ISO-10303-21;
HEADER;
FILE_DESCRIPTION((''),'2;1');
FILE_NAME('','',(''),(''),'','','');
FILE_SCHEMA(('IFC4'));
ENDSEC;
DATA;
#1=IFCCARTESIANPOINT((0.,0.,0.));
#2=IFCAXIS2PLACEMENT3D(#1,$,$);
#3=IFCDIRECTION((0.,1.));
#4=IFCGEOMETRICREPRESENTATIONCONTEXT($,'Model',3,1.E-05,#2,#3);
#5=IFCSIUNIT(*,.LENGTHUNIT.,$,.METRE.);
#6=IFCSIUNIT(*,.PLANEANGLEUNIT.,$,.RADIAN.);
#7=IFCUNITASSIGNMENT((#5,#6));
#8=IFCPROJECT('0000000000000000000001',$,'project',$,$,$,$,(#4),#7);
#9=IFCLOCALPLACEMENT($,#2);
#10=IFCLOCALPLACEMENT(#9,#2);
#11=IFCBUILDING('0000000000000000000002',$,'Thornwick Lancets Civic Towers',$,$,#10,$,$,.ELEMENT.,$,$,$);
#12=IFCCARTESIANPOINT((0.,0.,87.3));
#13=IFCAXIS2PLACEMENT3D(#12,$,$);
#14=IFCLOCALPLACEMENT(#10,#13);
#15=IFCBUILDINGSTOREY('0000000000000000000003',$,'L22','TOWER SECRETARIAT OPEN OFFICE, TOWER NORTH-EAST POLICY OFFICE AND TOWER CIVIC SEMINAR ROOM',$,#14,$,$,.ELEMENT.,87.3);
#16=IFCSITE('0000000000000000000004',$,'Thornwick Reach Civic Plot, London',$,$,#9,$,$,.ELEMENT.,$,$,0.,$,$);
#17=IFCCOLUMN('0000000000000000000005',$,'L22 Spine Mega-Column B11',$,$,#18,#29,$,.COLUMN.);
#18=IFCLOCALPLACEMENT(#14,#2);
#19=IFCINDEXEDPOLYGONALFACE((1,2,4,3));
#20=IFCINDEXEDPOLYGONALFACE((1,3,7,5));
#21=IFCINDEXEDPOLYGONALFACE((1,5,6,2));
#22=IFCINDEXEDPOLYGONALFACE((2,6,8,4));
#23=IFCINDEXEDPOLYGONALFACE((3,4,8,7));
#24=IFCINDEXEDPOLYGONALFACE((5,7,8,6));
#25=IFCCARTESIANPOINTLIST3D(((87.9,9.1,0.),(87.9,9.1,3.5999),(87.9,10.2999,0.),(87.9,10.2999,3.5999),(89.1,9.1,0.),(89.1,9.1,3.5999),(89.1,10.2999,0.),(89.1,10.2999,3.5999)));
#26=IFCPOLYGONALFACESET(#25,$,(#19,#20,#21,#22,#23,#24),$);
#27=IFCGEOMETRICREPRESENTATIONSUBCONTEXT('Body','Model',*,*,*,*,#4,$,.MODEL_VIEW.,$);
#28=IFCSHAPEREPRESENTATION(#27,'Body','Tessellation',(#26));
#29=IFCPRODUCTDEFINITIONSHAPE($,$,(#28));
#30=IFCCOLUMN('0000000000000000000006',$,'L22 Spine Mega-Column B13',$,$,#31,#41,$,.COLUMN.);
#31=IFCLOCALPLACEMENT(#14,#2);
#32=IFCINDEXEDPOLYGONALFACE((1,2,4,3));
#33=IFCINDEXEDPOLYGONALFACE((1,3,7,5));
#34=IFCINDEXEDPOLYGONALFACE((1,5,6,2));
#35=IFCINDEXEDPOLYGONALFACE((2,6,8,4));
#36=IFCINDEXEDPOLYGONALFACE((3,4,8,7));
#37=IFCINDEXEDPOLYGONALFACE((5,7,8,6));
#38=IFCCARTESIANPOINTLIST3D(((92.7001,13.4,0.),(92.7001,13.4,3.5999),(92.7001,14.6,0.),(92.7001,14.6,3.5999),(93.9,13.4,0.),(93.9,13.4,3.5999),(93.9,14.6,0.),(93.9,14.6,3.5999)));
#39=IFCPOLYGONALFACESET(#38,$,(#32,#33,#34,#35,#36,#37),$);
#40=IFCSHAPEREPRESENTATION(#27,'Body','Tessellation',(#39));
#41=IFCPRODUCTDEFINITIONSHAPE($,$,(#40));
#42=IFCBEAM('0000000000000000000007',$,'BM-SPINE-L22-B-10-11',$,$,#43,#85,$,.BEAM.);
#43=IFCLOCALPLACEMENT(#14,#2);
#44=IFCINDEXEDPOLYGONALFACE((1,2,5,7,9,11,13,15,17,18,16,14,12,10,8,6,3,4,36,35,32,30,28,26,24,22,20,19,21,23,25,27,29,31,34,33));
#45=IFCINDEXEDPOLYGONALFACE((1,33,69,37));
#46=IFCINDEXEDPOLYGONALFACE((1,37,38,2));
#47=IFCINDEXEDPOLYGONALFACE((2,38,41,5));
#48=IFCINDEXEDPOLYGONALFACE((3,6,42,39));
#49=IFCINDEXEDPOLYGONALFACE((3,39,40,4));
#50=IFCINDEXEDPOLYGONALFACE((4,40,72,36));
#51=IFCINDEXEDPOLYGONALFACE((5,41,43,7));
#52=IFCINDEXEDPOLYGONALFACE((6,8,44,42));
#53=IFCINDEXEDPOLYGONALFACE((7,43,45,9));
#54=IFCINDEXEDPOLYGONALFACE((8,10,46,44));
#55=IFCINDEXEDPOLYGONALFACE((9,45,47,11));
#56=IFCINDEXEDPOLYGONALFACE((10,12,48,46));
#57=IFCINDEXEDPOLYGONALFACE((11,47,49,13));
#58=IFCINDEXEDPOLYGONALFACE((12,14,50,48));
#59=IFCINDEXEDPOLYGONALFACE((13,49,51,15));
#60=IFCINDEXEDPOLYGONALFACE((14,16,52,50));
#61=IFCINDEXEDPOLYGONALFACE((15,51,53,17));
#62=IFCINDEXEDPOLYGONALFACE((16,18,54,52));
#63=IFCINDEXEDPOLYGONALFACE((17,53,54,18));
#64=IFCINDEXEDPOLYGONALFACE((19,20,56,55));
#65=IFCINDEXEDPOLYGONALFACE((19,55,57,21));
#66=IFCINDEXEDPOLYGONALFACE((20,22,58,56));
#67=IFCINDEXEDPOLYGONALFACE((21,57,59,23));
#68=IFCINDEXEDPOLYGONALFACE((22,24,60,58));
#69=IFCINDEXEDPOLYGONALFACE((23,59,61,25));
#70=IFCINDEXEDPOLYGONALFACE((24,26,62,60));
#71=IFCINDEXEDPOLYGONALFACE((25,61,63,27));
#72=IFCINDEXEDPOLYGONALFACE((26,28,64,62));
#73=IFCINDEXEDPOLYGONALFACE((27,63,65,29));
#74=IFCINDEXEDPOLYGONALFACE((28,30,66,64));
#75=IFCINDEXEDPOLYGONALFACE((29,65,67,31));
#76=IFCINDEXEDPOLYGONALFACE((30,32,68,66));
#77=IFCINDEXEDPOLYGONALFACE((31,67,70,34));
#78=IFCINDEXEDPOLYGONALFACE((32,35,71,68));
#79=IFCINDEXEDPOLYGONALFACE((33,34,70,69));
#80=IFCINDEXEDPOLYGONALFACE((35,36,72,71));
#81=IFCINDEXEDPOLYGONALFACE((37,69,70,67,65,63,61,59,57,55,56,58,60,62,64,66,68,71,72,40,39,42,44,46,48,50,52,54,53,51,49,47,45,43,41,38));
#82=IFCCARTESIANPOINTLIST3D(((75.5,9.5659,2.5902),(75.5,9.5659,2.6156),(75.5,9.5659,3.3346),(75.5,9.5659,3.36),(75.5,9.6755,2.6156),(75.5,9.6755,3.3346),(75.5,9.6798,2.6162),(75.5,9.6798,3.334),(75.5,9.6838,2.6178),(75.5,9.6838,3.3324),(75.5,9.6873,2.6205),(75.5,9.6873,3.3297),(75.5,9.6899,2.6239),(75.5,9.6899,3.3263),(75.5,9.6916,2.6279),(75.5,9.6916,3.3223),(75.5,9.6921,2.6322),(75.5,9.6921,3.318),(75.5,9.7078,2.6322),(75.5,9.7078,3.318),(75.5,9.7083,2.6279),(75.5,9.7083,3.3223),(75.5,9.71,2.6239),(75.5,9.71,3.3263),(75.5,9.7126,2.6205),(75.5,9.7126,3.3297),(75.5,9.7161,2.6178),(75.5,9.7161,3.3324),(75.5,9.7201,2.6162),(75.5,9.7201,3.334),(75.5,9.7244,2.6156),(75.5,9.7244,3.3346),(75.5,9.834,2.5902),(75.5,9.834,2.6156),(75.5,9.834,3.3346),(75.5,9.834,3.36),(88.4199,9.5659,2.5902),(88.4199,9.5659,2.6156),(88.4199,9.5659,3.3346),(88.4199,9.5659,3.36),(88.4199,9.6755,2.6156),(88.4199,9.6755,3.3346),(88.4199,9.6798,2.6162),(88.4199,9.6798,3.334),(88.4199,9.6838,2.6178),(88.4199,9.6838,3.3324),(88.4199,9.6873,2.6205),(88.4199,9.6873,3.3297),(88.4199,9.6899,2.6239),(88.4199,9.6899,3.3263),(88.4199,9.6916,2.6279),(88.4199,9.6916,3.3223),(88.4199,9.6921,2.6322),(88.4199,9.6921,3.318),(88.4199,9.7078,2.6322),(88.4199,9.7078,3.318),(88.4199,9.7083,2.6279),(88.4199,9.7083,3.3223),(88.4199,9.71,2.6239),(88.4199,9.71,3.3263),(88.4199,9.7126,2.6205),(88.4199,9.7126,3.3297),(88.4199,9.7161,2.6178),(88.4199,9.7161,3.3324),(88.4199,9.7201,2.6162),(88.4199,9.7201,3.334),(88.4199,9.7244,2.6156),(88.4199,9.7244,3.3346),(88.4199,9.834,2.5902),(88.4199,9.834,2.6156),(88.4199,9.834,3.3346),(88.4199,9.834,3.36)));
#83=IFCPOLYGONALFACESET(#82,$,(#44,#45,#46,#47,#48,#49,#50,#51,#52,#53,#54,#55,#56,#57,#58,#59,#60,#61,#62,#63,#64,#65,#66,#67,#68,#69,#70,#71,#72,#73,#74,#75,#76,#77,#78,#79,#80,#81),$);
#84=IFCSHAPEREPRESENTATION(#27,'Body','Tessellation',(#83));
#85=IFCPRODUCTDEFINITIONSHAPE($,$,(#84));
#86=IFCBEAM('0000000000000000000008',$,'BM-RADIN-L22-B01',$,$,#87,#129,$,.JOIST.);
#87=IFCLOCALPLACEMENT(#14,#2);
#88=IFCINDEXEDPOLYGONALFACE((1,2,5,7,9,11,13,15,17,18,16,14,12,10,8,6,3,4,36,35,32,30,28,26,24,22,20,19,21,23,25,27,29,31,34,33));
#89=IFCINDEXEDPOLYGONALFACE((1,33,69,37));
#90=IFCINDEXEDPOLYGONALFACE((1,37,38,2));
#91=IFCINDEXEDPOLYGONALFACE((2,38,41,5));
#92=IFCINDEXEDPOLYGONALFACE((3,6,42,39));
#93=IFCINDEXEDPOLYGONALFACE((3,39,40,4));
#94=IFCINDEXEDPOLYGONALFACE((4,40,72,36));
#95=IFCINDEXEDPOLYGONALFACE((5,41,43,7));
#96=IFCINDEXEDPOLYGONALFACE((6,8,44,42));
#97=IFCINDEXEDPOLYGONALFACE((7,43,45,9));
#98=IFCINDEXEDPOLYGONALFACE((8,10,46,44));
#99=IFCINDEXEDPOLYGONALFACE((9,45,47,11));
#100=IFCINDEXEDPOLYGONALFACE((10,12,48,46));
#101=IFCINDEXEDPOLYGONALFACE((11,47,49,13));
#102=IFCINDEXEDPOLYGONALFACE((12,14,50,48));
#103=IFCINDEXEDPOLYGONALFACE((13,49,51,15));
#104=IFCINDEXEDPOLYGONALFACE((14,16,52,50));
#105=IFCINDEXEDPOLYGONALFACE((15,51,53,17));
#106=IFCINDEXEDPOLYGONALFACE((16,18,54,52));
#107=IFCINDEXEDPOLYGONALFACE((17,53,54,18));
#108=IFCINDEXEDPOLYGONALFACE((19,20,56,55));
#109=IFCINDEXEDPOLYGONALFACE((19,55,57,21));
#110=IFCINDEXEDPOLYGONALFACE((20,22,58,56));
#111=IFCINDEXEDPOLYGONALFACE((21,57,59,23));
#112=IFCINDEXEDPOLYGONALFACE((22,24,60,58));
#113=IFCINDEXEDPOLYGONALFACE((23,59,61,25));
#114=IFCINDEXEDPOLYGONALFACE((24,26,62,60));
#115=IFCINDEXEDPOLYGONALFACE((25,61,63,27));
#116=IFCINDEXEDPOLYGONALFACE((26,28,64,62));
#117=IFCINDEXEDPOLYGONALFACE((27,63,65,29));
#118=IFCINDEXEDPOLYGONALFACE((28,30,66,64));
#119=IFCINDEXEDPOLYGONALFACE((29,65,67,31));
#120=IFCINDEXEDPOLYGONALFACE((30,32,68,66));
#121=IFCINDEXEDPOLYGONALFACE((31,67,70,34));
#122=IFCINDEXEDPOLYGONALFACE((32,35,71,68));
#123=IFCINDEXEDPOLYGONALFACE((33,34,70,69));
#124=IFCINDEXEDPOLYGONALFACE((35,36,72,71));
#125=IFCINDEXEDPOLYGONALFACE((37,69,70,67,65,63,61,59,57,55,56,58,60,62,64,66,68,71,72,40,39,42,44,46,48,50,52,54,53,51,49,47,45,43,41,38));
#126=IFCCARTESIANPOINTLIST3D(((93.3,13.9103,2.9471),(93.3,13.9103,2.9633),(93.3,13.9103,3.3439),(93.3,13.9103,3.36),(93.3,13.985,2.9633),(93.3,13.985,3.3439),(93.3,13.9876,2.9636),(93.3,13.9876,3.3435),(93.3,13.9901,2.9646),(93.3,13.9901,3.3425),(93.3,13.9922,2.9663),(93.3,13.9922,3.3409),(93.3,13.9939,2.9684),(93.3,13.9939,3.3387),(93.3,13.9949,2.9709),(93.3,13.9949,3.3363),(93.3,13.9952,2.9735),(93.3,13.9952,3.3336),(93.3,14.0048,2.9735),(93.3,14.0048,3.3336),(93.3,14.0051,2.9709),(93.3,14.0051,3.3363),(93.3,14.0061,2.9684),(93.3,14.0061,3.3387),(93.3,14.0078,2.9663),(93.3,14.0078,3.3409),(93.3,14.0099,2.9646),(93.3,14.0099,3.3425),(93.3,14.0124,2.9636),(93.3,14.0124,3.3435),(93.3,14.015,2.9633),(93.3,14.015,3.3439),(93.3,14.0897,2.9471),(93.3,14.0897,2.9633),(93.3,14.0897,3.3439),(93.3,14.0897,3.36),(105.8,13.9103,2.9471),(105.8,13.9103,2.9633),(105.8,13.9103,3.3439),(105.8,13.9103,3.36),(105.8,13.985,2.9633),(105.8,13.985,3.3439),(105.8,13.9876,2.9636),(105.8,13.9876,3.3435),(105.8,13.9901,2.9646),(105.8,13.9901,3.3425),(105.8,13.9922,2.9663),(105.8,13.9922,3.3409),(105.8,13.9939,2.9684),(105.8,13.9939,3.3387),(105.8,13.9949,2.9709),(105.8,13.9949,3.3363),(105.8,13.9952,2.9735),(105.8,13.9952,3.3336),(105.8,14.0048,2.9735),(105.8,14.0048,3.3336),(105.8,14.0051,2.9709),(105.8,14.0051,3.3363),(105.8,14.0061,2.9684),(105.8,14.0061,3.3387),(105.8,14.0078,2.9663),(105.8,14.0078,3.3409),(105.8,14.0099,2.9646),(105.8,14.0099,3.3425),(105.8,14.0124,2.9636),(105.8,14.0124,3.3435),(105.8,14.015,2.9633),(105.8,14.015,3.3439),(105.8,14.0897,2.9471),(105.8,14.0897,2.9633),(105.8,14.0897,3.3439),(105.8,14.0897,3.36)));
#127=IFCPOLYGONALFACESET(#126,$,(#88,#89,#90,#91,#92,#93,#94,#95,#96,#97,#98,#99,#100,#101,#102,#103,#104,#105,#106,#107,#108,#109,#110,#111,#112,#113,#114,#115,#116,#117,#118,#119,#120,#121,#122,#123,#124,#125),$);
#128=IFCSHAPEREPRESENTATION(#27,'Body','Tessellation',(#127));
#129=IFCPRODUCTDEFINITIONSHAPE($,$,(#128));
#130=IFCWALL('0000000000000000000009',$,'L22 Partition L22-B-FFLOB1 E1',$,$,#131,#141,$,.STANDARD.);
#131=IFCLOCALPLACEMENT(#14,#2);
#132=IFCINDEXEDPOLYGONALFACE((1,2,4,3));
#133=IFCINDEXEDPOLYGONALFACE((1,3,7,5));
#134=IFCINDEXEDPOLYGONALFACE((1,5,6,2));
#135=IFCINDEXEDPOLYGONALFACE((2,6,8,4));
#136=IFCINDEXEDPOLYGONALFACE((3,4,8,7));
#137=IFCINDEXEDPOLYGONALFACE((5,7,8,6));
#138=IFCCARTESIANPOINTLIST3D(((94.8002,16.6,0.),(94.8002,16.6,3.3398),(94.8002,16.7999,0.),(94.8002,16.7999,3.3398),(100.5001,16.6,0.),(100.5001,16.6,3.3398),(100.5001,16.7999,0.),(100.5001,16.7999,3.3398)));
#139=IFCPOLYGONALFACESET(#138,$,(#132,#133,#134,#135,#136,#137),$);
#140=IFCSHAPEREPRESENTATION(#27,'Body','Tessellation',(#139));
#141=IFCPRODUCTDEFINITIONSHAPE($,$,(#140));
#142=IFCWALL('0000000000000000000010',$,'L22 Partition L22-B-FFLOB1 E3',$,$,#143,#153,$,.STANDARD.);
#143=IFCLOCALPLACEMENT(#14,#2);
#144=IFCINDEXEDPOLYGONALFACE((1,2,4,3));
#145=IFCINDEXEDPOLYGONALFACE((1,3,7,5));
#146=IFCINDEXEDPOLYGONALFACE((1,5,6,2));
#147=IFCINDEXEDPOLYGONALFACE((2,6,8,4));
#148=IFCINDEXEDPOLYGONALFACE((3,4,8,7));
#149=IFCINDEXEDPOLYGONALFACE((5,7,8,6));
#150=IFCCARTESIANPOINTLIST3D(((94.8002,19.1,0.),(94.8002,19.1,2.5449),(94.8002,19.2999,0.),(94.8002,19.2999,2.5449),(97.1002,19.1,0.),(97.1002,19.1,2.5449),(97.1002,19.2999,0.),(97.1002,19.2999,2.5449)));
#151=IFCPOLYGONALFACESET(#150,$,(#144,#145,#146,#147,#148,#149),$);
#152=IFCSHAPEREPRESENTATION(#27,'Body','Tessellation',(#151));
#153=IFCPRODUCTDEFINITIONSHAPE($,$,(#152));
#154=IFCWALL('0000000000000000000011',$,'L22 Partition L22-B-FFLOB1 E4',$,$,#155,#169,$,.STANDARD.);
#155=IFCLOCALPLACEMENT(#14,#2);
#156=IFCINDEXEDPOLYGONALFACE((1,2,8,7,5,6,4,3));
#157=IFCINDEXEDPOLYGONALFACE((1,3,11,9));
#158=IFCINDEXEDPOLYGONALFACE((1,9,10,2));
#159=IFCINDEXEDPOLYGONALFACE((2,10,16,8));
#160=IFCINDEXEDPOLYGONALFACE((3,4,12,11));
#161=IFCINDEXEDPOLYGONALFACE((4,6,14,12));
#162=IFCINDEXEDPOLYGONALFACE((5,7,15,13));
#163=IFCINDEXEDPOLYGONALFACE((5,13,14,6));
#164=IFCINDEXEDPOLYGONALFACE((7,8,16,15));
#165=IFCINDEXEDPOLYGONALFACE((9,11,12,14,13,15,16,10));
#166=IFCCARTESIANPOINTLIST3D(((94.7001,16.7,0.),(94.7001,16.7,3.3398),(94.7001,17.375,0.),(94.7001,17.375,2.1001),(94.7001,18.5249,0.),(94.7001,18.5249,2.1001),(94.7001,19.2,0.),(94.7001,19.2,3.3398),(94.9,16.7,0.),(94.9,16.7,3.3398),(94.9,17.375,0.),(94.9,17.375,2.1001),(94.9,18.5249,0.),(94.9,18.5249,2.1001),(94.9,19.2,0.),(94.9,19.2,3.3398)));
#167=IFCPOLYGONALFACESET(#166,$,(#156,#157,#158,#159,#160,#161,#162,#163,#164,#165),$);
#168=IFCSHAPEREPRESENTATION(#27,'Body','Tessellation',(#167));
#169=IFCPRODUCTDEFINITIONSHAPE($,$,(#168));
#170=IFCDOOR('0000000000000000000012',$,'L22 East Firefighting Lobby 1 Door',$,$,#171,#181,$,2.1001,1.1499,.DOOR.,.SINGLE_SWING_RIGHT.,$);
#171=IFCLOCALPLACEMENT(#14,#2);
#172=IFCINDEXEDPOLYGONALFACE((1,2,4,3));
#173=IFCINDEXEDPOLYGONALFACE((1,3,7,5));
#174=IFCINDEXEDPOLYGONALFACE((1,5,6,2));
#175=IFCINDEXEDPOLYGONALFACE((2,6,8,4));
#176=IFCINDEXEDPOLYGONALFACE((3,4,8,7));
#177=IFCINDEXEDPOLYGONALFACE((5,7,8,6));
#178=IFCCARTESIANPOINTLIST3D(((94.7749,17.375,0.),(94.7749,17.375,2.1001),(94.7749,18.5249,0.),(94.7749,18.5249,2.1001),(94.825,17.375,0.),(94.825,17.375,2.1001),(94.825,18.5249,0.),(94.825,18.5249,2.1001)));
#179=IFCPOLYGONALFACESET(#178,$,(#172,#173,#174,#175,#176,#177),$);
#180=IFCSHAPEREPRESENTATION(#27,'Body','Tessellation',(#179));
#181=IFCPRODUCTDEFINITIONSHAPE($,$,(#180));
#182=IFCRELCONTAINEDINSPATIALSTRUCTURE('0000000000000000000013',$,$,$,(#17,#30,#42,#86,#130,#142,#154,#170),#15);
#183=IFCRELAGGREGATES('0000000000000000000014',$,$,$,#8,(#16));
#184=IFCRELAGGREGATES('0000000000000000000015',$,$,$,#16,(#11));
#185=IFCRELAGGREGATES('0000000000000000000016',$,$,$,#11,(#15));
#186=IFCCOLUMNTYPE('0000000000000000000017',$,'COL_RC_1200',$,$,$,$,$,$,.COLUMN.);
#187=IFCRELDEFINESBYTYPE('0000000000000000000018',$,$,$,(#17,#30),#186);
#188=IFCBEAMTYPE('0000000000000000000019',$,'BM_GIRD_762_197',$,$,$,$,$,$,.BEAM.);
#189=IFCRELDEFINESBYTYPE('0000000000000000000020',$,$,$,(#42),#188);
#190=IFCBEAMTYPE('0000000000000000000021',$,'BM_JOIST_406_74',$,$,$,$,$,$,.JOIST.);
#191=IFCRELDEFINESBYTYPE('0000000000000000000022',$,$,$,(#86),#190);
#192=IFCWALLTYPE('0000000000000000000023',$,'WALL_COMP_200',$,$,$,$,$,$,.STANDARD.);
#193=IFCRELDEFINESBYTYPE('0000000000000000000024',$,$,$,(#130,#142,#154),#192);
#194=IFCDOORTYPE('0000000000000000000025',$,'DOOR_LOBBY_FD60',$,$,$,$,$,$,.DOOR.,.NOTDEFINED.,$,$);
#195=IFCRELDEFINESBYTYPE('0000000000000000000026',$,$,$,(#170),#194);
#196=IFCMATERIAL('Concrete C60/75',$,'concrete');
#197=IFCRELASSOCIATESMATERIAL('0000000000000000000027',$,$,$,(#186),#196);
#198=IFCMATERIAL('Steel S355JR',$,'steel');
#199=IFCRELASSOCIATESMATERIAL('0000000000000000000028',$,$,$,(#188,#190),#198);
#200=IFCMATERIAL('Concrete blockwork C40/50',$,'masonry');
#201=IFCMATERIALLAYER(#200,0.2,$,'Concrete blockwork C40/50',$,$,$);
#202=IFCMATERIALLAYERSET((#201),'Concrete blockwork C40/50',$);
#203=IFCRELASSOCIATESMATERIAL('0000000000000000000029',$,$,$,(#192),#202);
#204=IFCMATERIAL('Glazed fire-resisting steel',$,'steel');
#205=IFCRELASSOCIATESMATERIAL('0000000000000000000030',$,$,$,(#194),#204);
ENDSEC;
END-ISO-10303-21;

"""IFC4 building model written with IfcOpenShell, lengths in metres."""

from ifc_helpers import new_model, si_unit, direction, frame, frame_2d, origin, origin_2d, place, context, subcontext, project, spatial, rectangle, i_section, extrude, material, layer, layer_set, material_profile, profile_set, type_object, element, fill, save


model = new_model("IFC4")

# Units and contexts
model_context = context("Model", 3, precision=1e-05, world=origin(), true_north=direction((0.0, 1.0)))
body_context = subcontext(model_context, "Body", "Model", "MODEL_VIEW")
ifc_project = project(units=[si_unit("LENGTHUNIT", "METRE"), si_unit("PLANEANGLEUNIT", "RADIAN")], contexts=[model_context])

# Site, building, storey
site_placement = place(None, origin())
site = spatial("IfcSite", under=ifc_project, at=site_placement, Name="Thornwick Reach Civic Plot, London", CompositionType="ELEMENT", RefElevation=0.0)
building_placement = place(site_placement, origin())
building = spatial("IfcBuilding", under=site, at=building_placement, Name="Thornwick Lancets Civic Towers", CompositionType="ELEMENT")
storey_placement = place(building_placement, frame((0.0, 0.0, 87.3)))
storey = spatial("IfcBuildingStorey", under=building, at=storey_placement, Name="L22", Description="TOWER SECRETARIAT OPEN OFFICE, TOWER NORTH-EAST POLICY OFFICE AND TOWER CIVIC SEMINAR ROOM", CompositionType="ELEMENT", Elevation=87.3)

# Columns
ifc_material_1 = material(Name="Concrete C60/75", Category="concrete")
ifc_material_profile_1 = material_profile(ifc_material_1, rectangle(XDim=1.2, YDim=1.2, at=origin_2d()), Name="RC 1200x1200")
ifc_profile_set_1 = profile_set([ifc_material_profile_1], Name="Concrete C60/75")
column_type = type_object("IfcColumnType", Name="COL_RC_1200", PredefinedType="COLUMN", material=ifc_profile_set_1)
for number, where, z_axis, x_axis, name in (
    (1, (88.5, 9.7, 0.0), (0.0, 0.0, 1.0), (1.0, 0.0, 0.0), "L22 Spine Mega-Column B11"),
    (2, (93.3, 14.0, 0.0), (0.0, 0.0, 1.0), (1.0, 0.0, 0.0), "L22 Spine Mega-Column B13"),
):
    element("IfcColumn", number, at=place(storey_placement, frame(where, z_axis=z_axis, x_axis=x_axis)), inside=storey, type_object=column_type, Name=name, PredefinedType="COLUMN", context=body_context, shape_type="SweptSolid", body=[
        extrude(rectangle(XDim=1.2, YDim=1.2, at=origin_2d()), origin(), (0.0, 0.0, 1.0), 3.5999),
    ])

# Beams
ifc_material_2 = material(Name="Steel S355JR", Category="steel")
ifc_material_profile_2 = material_profile(ifc_material_2, i_section(OverallWidth=0.2681, OverallDepth=0.7698, WebThickness=0.0156, FlangeThickness=0.0254, FilletRadius=0.0166, at=origin_2d()), Name="UKB 762x267x197")
ifc_profile_set_2 = profile_set([ifc_material_profile_2], Name="Steel S355JR")
beam_type_1 = type_object("IfcBeamType", Name="BM_GIRD_762_197", PredefinedType="BEAM", material=ifc_profile_set_2)
beam_1_placement = place(storey_placement, frame((88.4199, 9.7, 2.9751), z_axis=(-1.0, 0.0, 0.0), x_axis=(0.0, -1.0, 0.0)))
element("IfcBeam", 3, at=beam_1_placement, inside=storey, type_object=beam_type_1, Name="BM-SPINE-L22-B-10-11", PredefinedType="BEAM", context=body_context, shape_type="SweptSolid", body=[
    extrude(i_section(OverallWidth=0.2681, OverallDepth=0.7698, WebThickness=0.0156, FlangeThickness=0.0254, FilletRadius=0.0166, at=origin_2d()), origin(), (0.0, 0.0, 1.0), 12.9199),
])
ifc_material_profile_3 = material_profile(ifc_material_2, i_section(OverallWidth=0.1794, OverallDepth=0.4128, WebThickness=0.0095, FlangeThickness=0.0161, FilletRadius=0.0103, at=origin_2d()), Name="UKB 406x178x74")
ifc_profile_set_3 = profile_set([ifc_material_profile_3], Name="Steel S355JR")
beam_type_2 = type_object("IfcBeamType", Name="BM_JOIST_406_74", PredefinedType="JOIST", material=ifc_profile_set_3)
beam_2_placement = place(storey_placement, frame((93.3, 14.0, 3.1536), z_axis=(1.0, 0.0, 0.0), x_axis=(0.0, 1.0, 0.0)))
element("IfcBeam", 4, at=beam_2_placement, inside=storey, type_object=beam_type_2, Name="BM-RADIN-L22-B01", PredefinedType="JOIST", context=body_context, shape_type="SweptSolid", body=[
    extrude(i_section(OverallWidth=0.1794, OverallDepth=0.4128, WebThickness=0.0095, FlangeThickness=0.0161, FilletRadius=0.0103, at=origin_2d()), origin(), (0.0, 0.0, 1.0), 12.5),
])

# Walls
ifc_material_3 = material(Name="Concrete blockwork C40/50", Category="masonry")
ifc_layer_1 = layer(ifc_material_3, 0.2, Name="Concrete blockwork C40/50")
ifc_layer_set_1 = layer_set([ifc_layer_1], Name="Concrete blockwork C40/50")
wall_type_1 = type_object("IfcWallType", Name="WALL_COMP_200", PredefinedType="STANDARD", material=ifc_layer_set_1)
wall_1_placement = place(storey_placement, frame((94.8, 16.7, 0.0), z_axis=(0.0, 0.0, 1.0), x_axis=(1.0, 0.0, 0.0)))
element("IfcWall", 5, at=wall_1_placement, inside=storey, type_object=wall_type_1, Name="L22 Partition L22-B-FFLOB1 E1", PredefinedType="STANDARD", context=body_context, shape_type="SweptSolid", body=[
    extrude(rectangle(XDim=5.7, YDim=0.2, at=frame_2d((2.8501, 0.0))), origin(), (0.0, 0.0, 1.0), 3.3398),
])
wall_2_placement = place(storey_placement, frame((97.1001, 19.2, 0.0), z_axis=(0.0, 0.0, 1.0), x_axis=(-1.0, 0.0, 0.0)))
element("IfcWall", 6, at=wall_2_placement, inside=storey, type_object=wall_type_1, Name="L22 Partition L22-B-FFLOB1 E3", PredefinedType="STANDARD", context=body_context, shape_type="SweptSolid", body=[
    extrude(rectangle(XDim=2.3, YDim=0.2, at=frame_2d((1.1499, 0.0))), origin(), (0.0, 0.0, 1.0), 2.5449),
])

# Wall, opening, door
wall_3_placement = place(storey_placement, frame((94.8, 19.2, 0.0), z_axis=(0.0, 0.0, 1.0), x_axis=(0.0, -1.0, 0.0)))
wall_3 = element("IfcWall", 7, at=wall_3_placement, inside=storey, type_object=wall_type_1, Name="L22 Partition L22-B-FFLOB1 E4", PredefinedType="STANDARD", context=body_context, shape_type="SweptSolid", body=[
    extrude(rectangle(XDim=2.5, YDim=0.2, at=frame_2d((1.25, 0.0))), origin(), (0.0, 0.0, 1.0), 3.3398),
])
opening_1_placement = place(wall_3_placement, frame((0.675, 0.0, 0.0)))
opening_1 = element("IfcOpeningElement", 8, at=opening_1_placement, cuts=wall_3, PredefinedType="OPENING", context=body_context, shape_type="SweptSolid", body=[
    extrude(rectangle(XDim=1.1499, YDim=2.1001, at=frame_2d((0.575, 1.05))), frame((0.0, 0.1099, 0.0), z_axis=(0.0, -1.0, 0.0), x_axis=(1.0, 0.0, 0.0)), (0.0, 0.0, 1.0), 0.22),
])
ifc_material_4 = material(Name="Glazed fire-resisting steel", Category="steel")
door_type_1 = type_object("IfcDoorType", Name="DOOR_LOBBY_FD60", OperationType="NOTDEFINED", PredefinedType="DOOR", material=ifc_material_4)
door_1_placement = place(opening_1_placement, origin())
door_1 = element("IfcDoor", 9, at=door_1_placement, inside=storey, type_object=door_type_1, Name="L22 East Firefighting Lobby 1 Door", OperationType="SINGLE_SWING_RIGHT", OverallHeight=2.1001, OverallWidth=1.1499, PredefinedType="DOOR", context=body_context, shape_type="SweptSolid", body=[
    extrude(rectangle(XDim=1.1499, YDim=2.1001, at=frame_2d((0.575, 1.05))), frame((0.0, 0.0249, 0.0), z_axis=(0.0, -1.0, 0.0), x_axis=(1.0, 0.0, 0.0)), (0.0, 0.0, 1.0), 0.05),
])
fill(opening_1, door_1)

save(model, "model.ifc")
